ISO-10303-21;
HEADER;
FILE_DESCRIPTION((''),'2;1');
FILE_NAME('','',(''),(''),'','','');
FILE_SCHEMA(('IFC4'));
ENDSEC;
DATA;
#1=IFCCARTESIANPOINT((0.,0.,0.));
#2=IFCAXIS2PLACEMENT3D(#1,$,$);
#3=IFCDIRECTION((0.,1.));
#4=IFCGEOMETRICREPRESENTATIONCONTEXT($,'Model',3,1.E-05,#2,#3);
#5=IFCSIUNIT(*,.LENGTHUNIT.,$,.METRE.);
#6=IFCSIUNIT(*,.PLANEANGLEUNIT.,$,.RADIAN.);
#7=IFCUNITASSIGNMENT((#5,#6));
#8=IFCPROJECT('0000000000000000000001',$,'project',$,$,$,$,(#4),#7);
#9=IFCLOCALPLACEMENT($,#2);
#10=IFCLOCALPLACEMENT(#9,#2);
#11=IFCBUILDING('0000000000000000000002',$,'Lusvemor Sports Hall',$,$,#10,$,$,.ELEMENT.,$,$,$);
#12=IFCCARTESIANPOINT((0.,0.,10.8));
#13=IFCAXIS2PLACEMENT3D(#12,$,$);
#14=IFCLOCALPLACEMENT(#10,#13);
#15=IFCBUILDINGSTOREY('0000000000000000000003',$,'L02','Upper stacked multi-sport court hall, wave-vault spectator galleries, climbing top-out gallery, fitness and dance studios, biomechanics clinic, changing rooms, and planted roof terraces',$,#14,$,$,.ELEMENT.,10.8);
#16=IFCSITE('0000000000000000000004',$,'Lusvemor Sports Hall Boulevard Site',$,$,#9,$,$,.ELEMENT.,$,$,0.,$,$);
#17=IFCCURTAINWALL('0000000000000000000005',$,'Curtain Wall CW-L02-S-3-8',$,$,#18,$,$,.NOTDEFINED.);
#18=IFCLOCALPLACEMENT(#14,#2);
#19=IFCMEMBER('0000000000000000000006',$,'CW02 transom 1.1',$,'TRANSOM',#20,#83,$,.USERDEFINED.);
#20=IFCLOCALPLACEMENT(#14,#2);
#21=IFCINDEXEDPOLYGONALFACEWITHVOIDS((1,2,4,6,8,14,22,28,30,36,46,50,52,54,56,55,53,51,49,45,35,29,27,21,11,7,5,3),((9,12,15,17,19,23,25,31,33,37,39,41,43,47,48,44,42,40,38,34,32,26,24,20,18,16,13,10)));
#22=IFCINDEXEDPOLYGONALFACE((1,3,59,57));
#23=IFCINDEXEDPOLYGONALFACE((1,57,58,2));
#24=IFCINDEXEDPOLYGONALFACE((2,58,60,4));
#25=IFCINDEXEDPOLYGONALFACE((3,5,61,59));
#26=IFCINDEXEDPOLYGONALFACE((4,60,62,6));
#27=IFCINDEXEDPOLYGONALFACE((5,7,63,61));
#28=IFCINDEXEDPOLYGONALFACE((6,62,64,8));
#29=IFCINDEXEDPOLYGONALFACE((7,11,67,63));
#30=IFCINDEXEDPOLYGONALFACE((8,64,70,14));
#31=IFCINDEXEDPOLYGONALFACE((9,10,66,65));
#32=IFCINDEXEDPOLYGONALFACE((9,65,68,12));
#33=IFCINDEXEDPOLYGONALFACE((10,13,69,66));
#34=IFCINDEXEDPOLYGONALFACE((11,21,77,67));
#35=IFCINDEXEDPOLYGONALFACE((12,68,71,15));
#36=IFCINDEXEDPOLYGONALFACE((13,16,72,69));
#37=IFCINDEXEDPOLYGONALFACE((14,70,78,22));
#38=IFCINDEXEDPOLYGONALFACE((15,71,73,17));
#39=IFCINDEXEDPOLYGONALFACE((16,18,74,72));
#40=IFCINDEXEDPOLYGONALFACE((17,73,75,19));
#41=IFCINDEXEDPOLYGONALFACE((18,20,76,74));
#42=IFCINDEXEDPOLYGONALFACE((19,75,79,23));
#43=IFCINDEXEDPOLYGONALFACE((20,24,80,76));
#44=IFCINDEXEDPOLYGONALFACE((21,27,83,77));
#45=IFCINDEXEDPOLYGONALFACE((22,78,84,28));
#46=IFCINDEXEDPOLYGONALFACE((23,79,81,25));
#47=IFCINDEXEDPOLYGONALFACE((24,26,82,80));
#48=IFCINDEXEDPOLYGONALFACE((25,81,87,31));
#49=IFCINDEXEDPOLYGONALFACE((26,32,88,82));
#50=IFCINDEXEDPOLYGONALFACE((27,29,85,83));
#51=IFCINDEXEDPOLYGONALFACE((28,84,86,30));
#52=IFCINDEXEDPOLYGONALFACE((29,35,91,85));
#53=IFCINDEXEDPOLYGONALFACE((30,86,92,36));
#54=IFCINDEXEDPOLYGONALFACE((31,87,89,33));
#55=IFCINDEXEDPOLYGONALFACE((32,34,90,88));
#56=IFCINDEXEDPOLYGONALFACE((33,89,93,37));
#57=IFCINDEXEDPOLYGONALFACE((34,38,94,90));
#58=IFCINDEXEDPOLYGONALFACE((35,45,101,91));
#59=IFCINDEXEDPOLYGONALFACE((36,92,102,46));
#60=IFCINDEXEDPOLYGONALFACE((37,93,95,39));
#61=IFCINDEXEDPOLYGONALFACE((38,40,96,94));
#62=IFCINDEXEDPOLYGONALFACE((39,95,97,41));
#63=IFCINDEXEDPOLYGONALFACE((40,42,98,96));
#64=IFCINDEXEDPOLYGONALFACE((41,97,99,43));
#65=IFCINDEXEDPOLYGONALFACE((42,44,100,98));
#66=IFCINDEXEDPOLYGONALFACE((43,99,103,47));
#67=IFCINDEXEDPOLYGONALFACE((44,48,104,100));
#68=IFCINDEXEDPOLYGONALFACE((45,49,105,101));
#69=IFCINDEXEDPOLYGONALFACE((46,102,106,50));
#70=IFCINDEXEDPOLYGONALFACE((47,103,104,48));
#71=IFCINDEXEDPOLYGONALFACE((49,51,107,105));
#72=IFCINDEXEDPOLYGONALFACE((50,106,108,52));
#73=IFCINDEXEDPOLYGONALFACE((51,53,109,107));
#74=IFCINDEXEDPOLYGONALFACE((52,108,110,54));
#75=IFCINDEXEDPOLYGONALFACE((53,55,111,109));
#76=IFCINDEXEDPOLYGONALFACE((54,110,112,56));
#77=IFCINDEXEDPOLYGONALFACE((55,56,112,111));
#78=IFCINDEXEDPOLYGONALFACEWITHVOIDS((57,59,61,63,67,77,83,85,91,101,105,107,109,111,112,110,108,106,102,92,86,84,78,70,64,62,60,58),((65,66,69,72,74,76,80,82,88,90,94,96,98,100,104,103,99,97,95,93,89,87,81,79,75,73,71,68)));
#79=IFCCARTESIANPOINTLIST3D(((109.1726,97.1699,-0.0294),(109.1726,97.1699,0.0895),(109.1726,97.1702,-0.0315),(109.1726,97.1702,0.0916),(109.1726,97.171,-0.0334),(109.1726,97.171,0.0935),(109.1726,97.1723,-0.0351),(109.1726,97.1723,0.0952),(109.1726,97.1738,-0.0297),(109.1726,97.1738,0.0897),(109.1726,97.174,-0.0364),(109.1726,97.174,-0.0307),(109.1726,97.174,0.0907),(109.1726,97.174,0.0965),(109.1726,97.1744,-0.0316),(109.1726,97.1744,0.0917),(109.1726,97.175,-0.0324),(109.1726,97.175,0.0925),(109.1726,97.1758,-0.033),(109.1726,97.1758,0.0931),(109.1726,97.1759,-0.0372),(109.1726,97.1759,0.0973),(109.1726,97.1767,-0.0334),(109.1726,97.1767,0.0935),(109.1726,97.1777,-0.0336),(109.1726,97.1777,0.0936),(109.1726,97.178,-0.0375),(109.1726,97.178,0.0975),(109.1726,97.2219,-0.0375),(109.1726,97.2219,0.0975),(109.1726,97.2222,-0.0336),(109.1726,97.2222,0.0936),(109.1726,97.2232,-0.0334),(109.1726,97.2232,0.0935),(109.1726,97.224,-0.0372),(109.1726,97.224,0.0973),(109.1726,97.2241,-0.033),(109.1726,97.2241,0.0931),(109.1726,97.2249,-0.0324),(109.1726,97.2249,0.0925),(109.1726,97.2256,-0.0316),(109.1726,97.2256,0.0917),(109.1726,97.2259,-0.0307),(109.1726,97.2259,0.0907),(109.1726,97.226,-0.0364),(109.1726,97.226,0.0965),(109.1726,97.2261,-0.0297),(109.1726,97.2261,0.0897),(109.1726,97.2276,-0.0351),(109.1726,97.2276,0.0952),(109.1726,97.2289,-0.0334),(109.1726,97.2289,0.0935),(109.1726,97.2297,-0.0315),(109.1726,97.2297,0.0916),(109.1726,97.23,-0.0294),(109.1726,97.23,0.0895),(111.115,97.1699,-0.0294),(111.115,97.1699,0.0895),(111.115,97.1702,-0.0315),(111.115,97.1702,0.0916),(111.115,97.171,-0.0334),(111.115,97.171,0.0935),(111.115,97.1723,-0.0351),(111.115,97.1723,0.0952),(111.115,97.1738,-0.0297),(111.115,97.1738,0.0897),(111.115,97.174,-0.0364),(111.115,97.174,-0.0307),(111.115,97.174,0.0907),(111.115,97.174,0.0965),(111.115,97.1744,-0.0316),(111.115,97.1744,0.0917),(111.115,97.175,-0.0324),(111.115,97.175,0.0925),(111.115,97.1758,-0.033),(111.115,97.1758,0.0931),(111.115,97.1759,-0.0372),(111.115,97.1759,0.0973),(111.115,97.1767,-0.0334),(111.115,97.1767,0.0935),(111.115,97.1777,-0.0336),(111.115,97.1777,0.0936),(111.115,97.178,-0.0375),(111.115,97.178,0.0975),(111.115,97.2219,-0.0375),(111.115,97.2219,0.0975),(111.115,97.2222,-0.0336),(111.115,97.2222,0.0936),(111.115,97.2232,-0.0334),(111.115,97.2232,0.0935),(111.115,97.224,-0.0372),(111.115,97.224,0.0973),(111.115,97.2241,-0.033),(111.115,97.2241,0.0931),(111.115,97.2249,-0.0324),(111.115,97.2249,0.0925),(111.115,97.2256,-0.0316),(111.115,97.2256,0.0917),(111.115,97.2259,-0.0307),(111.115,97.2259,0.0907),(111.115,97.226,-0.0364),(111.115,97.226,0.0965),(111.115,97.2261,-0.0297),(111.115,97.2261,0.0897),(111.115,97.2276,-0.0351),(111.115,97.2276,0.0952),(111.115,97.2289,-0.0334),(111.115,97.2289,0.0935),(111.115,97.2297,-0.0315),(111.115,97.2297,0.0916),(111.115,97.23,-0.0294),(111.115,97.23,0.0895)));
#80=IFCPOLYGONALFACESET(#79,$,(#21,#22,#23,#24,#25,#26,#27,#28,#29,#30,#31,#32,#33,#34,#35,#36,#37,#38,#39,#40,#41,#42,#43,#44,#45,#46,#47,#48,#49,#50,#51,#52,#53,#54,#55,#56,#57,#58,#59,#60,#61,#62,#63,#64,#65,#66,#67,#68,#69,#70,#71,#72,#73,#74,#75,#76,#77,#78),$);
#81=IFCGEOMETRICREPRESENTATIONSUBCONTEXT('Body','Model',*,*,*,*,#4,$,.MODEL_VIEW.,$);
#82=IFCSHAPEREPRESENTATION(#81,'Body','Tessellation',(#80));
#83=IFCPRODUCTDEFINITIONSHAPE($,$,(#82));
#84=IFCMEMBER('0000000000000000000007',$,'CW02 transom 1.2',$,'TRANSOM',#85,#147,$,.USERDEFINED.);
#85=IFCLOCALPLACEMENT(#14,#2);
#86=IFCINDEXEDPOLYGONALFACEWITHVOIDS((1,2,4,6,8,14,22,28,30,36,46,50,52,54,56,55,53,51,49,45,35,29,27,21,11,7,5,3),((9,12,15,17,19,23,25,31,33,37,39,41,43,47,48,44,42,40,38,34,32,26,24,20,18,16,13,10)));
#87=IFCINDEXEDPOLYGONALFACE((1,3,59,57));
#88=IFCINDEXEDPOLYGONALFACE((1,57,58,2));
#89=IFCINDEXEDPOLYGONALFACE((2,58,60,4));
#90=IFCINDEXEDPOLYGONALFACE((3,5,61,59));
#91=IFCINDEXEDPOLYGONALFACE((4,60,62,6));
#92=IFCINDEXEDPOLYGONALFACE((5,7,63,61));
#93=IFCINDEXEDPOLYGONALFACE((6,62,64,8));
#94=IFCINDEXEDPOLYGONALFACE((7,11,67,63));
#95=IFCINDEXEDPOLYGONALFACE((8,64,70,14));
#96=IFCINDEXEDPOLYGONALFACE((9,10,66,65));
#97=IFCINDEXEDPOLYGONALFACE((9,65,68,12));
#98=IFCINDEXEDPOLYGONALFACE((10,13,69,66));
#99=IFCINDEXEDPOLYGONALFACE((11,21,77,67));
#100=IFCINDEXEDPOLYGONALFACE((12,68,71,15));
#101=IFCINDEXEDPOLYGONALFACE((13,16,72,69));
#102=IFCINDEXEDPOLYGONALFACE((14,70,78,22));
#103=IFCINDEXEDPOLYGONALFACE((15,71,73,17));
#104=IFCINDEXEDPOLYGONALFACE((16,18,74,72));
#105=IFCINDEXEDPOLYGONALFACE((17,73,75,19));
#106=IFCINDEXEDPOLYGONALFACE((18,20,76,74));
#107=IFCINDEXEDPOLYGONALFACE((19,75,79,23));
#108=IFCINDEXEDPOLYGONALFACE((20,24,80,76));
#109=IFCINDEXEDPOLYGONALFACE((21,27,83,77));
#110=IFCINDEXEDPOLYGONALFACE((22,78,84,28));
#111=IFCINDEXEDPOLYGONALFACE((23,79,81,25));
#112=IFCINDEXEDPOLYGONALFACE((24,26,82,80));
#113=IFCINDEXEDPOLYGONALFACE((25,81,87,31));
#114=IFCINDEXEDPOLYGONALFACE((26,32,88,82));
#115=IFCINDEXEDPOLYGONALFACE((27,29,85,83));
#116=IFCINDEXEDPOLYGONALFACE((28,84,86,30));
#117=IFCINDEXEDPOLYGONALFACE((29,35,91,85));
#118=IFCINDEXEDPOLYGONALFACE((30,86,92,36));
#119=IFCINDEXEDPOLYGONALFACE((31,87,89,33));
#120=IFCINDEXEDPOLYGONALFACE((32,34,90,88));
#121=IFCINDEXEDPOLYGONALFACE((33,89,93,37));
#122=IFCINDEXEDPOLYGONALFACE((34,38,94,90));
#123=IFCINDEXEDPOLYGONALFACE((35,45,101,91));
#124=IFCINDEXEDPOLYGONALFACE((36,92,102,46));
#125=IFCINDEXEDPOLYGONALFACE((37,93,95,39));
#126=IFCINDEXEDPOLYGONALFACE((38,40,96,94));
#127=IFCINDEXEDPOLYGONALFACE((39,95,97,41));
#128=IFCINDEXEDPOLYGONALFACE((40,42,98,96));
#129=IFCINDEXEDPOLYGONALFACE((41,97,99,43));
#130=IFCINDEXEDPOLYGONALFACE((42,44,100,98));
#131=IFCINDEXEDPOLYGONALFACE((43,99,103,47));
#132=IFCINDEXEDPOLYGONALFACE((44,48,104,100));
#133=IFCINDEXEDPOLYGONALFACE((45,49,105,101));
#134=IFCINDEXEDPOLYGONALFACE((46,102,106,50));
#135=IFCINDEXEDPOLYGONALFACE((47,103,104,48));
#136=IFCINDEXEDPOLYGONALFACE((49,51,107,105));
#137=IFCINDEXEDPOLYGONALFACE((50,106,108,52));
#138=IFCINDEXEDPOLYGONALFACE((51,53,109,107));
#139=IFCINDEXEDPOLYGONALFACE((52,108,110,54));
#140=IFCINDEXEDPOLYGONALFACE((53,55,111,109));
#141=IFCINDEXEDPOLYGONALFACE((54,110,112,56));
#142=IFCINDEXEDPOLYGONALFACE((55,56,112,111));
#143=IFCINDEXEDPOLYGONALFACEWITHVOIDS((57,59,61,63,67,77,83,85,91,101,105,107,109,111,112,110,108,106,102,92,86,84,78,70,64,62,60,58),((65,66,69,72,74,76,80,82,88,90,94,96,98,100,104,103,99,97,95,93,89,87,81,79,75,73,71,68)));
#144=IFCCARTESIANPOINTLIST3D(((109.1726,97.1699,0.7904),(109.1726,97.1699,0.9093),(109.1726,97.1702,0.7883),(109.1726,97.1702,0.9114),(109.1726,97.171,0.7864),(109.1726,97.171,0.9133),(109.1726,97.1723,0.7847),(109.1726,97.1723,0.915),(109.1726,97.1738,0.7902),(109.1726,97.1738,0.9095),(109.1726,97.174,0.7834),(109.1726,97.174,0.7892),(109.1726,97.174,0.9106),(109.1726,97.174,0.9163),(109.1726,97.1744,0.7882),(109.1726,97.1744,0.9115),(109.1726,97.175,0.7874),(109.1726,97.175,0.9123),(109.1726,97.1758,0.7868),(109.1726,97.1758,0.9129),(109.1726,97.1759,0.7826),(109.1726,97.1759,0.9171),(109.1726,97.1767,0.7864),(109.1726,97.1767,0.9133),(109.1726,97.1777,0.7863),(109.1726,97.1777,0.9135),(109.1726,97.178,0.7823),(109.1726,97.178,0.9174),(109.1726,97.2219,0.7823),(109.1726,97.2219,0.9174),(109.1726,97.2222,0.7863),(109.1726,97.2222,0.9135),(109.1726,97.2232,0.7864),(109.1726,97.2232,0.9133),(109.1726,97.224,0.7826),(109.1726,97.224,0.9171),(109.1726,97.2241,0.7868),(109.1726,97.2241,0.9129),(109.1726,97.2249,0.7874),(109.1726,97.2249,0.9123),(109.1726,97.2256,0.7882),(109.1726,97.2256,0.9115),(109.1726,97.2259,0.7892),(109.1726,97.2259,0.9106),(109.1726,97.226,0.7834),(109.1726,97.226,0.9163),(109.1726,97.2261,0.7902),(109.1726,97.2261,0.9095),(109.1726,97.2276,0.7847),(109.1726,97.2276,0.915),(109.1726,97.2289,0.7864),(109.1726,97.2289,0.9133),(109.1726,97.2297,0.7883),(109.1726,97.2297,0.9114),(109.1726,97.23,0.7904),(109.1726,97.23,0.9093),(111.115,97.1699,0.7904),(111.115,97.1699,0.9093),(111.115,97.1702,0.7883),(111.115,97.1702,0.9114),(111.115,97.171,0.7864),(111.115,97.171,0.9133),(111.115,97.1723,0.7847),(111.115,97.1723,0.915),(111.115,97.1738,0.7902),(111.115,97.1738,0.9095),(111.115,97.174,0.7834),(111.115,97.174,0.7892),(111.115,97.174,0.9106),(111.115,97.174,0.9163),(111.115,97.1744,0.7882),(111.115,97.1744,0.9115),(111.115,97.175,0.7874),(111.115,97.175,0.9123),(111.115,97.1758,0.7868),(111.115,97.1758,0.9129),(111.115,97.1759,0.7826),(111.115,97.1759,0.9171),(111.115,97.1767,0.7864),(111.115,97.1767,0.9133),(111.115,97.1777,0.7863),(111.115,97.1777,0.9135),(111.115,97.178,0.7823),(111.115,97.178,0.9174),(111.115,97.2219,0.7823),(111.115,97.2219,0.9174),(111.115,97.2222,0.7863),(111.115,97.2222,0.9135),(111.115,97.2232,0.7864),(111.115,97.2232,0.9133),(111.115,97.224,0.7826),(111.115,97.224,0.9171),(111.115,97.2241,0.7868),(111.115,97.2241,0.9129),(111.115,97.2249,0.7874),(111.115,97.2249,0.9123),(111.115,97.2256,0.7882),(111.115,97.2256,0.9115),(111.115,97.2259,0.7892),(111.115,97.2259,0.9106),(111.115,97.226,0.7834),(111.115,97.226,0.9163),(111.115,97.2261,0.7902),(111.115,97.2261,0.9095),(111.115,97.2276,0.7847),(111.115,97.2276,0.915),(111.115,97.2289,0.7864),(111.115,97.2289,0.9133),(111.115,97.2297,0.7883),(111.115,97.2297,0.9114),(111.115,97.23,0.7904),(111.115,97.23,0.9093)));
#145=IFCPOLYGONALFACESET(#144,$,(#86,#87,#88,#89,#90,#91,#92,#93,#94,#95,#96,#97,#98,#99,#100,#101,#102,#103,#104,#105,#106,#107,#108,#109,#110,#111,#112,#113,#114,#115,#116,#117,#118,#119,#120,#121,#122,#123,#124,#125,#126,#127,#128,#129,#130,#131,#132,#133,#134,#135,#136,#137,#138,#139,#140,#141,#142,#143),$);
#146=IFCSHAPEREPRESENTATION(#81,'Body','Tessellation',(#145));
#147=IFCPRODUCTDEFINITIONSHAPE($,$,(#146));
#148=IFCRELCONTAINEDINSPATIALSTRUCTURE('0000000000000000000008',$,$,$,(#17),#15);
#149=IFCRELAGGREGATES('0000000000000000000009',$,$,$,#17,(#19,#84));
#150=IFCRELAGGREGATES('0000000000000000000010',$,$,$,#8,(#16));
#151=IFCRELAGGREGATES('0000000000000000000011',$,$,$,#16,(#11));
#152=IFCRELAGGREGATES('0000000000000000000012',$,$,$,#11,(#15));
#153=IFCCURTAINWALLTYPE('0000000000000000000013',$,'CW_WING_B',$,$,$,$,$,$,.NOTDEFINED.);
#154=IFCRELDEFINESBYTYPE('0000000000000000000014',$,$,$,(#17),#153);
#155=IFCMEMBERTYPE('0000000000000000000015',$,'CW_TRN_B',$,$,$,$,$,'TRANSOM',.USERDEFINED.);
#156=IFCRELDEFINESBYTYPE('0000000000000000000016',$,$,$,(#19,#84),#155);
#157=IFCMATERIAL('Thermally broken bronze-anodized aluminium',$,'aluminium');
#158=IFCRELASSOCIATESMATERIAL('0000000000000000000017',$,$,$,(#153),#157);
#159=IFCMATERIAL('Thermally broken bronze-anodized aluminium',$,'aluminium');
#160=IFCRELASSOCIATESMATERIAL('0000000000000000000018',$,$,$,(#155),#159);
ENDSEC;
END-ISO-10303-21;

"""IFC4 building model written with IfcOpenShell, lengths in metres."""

from ifc_helpers import new_model, si_unit, direction, frame, origin, origin_2d, place, context, subcontext, project, spatial, hollow_rectangle, extrude, material, material_profile, profile_set, type_object, element, aggregate, save


model = new_model("IFC4")

# Units and contexts
model_context = context("Model", 3, precision=1e-05, world=origin(), true_north=direction((0.0, 1.0)))
body_context = subcontext(model_context, "Body", "Model", "MODEL_VIEW")
ifc_project = project(units=[si_unit("LENGTHUNIT", "METRE"), si_unit("PLANEANGLEUNIT", "RADIAN")], contexts=[model_context])

# Site, building, storey
site_placement = place(None, origin())
site = spatial("IfcSite", under=ifc_project, at=site_placement, Name="Lusvemor Sports Hall Boulevard Site", CompositionType="ELEMENT", RefElevation=0.0)
building_placement = place(site_placement, origin())
building = spatial("IfcBuilding", under=site, at=building_placement, Name="Lusvemor Sports Hall", CompositionType="ELEMENT")
storey_placement = place(building_placement, frame((0.0, 0.0, 10.8)))
storey = spatial("IfcBuildingStorey", under=building, at=storey_placement, Name="L02", Description="Upper stacked multi-sport court hall, wave-vault spectator galleries, climbing top-out gallery, fitness and dance studios, biomechanics clinic, changing rooms, and planted roof terraces", CompositionType="ELEMENT", Elevation=10.8)

# Curtain wall
ifc_material_1 = material(Name="Thermally broken bronze-anodized aluminium", Category="aluminium")
curtain_wall_type = type_object("IfcCurtainWallType", Name="CW_WING_B", PredefinedType="NOTDEFINED", material=ifc_material_1)
curtain_wall_1_placement = place(storey_placement, origin())
curtain_wall_1 = element("IfcCurtainWall", 1, at=curtain_wall_1_placement, inside=storey, type_object=curtain_wall_type, Name="Curtain Wall CW-L02-S-3-8", PredefinedType="NOTDEFINED")

# Members
ifc_material_2 = material(Name="Thermally broken bronze-anodized aluminium", Category="aluminium")
ifc_material_profile_1 = material_profile(ifc_material_2, hollow_rectangle(XDim=0.0601, YDim=0.135, WallThickness=0.0039, InnerFilletRadius=0.0039, OuterFilletRadius=0.0081, at=origin_2d()), Name="CWTRN135x60x4")
ifc_profile_set_1 = profile_set([ifc_material_profile_1], Name="Thermally broken bronze-anodized aluminium")
member_type_1 = type_object("IfcMemberType", Name="CW_TRN_B", ElementType="TRANSOM", PredefinedType="USERDEFINED", material=ifc_profile_set_1)
member_1_placement = place(storey_placement, frame((111.115, 97.2, 0.03), z_axis=(-1.0, 0.0, 0.0), x_axis=(0.0, -1.0, 0.0)))
member_1 = element("IfcMember", 2, at=member_1_placement, type_object=member_type_1, Name="CW02 transom 1.1", ObjectType="TRANSOM", PredefinedType="USERDEFINED", context=body_context, shape_type="SweptSolid", body=[
    extrude(hollow_rectangle(XDim=0.0601, YDim=0.135, WallThickness=0.0039, InnerFilletRadius=0.0039, OuterFilletRadius=0.0081, at=origin_2d()), origin(), (0.0, 0.0, 1.0), 1.9424),
])
member_2_placement = place(storey_placement, frame((111.115, 97.2, 0.8499), z_axis=(-1.0, 0.0, 0.0), x_axis=(0.0, -1.0, 0.0)))
member_2 = element("IfcMember", 3, at=member_2_placement, type_object=member_type_1, Name="CW02 transom 1.2", ObjectType="TRANSOM", PredefinedType="USERDEFINED", context=body_context, shape_type="SweptSolid", body=[
    extrude(hollow_rectangle(XDim=0.0601, YDim=0.135, WallThickness=0.0039, InnerFilletRadius=0.0039, OuterFilletRadius=0.0081, at=origin_2d()), origin(), (0.0, 0.0, 1.0), 1.9424),
])

aggregate(curtain_wall_1, [member_1, member_2])

save(model, "model.ifc")
